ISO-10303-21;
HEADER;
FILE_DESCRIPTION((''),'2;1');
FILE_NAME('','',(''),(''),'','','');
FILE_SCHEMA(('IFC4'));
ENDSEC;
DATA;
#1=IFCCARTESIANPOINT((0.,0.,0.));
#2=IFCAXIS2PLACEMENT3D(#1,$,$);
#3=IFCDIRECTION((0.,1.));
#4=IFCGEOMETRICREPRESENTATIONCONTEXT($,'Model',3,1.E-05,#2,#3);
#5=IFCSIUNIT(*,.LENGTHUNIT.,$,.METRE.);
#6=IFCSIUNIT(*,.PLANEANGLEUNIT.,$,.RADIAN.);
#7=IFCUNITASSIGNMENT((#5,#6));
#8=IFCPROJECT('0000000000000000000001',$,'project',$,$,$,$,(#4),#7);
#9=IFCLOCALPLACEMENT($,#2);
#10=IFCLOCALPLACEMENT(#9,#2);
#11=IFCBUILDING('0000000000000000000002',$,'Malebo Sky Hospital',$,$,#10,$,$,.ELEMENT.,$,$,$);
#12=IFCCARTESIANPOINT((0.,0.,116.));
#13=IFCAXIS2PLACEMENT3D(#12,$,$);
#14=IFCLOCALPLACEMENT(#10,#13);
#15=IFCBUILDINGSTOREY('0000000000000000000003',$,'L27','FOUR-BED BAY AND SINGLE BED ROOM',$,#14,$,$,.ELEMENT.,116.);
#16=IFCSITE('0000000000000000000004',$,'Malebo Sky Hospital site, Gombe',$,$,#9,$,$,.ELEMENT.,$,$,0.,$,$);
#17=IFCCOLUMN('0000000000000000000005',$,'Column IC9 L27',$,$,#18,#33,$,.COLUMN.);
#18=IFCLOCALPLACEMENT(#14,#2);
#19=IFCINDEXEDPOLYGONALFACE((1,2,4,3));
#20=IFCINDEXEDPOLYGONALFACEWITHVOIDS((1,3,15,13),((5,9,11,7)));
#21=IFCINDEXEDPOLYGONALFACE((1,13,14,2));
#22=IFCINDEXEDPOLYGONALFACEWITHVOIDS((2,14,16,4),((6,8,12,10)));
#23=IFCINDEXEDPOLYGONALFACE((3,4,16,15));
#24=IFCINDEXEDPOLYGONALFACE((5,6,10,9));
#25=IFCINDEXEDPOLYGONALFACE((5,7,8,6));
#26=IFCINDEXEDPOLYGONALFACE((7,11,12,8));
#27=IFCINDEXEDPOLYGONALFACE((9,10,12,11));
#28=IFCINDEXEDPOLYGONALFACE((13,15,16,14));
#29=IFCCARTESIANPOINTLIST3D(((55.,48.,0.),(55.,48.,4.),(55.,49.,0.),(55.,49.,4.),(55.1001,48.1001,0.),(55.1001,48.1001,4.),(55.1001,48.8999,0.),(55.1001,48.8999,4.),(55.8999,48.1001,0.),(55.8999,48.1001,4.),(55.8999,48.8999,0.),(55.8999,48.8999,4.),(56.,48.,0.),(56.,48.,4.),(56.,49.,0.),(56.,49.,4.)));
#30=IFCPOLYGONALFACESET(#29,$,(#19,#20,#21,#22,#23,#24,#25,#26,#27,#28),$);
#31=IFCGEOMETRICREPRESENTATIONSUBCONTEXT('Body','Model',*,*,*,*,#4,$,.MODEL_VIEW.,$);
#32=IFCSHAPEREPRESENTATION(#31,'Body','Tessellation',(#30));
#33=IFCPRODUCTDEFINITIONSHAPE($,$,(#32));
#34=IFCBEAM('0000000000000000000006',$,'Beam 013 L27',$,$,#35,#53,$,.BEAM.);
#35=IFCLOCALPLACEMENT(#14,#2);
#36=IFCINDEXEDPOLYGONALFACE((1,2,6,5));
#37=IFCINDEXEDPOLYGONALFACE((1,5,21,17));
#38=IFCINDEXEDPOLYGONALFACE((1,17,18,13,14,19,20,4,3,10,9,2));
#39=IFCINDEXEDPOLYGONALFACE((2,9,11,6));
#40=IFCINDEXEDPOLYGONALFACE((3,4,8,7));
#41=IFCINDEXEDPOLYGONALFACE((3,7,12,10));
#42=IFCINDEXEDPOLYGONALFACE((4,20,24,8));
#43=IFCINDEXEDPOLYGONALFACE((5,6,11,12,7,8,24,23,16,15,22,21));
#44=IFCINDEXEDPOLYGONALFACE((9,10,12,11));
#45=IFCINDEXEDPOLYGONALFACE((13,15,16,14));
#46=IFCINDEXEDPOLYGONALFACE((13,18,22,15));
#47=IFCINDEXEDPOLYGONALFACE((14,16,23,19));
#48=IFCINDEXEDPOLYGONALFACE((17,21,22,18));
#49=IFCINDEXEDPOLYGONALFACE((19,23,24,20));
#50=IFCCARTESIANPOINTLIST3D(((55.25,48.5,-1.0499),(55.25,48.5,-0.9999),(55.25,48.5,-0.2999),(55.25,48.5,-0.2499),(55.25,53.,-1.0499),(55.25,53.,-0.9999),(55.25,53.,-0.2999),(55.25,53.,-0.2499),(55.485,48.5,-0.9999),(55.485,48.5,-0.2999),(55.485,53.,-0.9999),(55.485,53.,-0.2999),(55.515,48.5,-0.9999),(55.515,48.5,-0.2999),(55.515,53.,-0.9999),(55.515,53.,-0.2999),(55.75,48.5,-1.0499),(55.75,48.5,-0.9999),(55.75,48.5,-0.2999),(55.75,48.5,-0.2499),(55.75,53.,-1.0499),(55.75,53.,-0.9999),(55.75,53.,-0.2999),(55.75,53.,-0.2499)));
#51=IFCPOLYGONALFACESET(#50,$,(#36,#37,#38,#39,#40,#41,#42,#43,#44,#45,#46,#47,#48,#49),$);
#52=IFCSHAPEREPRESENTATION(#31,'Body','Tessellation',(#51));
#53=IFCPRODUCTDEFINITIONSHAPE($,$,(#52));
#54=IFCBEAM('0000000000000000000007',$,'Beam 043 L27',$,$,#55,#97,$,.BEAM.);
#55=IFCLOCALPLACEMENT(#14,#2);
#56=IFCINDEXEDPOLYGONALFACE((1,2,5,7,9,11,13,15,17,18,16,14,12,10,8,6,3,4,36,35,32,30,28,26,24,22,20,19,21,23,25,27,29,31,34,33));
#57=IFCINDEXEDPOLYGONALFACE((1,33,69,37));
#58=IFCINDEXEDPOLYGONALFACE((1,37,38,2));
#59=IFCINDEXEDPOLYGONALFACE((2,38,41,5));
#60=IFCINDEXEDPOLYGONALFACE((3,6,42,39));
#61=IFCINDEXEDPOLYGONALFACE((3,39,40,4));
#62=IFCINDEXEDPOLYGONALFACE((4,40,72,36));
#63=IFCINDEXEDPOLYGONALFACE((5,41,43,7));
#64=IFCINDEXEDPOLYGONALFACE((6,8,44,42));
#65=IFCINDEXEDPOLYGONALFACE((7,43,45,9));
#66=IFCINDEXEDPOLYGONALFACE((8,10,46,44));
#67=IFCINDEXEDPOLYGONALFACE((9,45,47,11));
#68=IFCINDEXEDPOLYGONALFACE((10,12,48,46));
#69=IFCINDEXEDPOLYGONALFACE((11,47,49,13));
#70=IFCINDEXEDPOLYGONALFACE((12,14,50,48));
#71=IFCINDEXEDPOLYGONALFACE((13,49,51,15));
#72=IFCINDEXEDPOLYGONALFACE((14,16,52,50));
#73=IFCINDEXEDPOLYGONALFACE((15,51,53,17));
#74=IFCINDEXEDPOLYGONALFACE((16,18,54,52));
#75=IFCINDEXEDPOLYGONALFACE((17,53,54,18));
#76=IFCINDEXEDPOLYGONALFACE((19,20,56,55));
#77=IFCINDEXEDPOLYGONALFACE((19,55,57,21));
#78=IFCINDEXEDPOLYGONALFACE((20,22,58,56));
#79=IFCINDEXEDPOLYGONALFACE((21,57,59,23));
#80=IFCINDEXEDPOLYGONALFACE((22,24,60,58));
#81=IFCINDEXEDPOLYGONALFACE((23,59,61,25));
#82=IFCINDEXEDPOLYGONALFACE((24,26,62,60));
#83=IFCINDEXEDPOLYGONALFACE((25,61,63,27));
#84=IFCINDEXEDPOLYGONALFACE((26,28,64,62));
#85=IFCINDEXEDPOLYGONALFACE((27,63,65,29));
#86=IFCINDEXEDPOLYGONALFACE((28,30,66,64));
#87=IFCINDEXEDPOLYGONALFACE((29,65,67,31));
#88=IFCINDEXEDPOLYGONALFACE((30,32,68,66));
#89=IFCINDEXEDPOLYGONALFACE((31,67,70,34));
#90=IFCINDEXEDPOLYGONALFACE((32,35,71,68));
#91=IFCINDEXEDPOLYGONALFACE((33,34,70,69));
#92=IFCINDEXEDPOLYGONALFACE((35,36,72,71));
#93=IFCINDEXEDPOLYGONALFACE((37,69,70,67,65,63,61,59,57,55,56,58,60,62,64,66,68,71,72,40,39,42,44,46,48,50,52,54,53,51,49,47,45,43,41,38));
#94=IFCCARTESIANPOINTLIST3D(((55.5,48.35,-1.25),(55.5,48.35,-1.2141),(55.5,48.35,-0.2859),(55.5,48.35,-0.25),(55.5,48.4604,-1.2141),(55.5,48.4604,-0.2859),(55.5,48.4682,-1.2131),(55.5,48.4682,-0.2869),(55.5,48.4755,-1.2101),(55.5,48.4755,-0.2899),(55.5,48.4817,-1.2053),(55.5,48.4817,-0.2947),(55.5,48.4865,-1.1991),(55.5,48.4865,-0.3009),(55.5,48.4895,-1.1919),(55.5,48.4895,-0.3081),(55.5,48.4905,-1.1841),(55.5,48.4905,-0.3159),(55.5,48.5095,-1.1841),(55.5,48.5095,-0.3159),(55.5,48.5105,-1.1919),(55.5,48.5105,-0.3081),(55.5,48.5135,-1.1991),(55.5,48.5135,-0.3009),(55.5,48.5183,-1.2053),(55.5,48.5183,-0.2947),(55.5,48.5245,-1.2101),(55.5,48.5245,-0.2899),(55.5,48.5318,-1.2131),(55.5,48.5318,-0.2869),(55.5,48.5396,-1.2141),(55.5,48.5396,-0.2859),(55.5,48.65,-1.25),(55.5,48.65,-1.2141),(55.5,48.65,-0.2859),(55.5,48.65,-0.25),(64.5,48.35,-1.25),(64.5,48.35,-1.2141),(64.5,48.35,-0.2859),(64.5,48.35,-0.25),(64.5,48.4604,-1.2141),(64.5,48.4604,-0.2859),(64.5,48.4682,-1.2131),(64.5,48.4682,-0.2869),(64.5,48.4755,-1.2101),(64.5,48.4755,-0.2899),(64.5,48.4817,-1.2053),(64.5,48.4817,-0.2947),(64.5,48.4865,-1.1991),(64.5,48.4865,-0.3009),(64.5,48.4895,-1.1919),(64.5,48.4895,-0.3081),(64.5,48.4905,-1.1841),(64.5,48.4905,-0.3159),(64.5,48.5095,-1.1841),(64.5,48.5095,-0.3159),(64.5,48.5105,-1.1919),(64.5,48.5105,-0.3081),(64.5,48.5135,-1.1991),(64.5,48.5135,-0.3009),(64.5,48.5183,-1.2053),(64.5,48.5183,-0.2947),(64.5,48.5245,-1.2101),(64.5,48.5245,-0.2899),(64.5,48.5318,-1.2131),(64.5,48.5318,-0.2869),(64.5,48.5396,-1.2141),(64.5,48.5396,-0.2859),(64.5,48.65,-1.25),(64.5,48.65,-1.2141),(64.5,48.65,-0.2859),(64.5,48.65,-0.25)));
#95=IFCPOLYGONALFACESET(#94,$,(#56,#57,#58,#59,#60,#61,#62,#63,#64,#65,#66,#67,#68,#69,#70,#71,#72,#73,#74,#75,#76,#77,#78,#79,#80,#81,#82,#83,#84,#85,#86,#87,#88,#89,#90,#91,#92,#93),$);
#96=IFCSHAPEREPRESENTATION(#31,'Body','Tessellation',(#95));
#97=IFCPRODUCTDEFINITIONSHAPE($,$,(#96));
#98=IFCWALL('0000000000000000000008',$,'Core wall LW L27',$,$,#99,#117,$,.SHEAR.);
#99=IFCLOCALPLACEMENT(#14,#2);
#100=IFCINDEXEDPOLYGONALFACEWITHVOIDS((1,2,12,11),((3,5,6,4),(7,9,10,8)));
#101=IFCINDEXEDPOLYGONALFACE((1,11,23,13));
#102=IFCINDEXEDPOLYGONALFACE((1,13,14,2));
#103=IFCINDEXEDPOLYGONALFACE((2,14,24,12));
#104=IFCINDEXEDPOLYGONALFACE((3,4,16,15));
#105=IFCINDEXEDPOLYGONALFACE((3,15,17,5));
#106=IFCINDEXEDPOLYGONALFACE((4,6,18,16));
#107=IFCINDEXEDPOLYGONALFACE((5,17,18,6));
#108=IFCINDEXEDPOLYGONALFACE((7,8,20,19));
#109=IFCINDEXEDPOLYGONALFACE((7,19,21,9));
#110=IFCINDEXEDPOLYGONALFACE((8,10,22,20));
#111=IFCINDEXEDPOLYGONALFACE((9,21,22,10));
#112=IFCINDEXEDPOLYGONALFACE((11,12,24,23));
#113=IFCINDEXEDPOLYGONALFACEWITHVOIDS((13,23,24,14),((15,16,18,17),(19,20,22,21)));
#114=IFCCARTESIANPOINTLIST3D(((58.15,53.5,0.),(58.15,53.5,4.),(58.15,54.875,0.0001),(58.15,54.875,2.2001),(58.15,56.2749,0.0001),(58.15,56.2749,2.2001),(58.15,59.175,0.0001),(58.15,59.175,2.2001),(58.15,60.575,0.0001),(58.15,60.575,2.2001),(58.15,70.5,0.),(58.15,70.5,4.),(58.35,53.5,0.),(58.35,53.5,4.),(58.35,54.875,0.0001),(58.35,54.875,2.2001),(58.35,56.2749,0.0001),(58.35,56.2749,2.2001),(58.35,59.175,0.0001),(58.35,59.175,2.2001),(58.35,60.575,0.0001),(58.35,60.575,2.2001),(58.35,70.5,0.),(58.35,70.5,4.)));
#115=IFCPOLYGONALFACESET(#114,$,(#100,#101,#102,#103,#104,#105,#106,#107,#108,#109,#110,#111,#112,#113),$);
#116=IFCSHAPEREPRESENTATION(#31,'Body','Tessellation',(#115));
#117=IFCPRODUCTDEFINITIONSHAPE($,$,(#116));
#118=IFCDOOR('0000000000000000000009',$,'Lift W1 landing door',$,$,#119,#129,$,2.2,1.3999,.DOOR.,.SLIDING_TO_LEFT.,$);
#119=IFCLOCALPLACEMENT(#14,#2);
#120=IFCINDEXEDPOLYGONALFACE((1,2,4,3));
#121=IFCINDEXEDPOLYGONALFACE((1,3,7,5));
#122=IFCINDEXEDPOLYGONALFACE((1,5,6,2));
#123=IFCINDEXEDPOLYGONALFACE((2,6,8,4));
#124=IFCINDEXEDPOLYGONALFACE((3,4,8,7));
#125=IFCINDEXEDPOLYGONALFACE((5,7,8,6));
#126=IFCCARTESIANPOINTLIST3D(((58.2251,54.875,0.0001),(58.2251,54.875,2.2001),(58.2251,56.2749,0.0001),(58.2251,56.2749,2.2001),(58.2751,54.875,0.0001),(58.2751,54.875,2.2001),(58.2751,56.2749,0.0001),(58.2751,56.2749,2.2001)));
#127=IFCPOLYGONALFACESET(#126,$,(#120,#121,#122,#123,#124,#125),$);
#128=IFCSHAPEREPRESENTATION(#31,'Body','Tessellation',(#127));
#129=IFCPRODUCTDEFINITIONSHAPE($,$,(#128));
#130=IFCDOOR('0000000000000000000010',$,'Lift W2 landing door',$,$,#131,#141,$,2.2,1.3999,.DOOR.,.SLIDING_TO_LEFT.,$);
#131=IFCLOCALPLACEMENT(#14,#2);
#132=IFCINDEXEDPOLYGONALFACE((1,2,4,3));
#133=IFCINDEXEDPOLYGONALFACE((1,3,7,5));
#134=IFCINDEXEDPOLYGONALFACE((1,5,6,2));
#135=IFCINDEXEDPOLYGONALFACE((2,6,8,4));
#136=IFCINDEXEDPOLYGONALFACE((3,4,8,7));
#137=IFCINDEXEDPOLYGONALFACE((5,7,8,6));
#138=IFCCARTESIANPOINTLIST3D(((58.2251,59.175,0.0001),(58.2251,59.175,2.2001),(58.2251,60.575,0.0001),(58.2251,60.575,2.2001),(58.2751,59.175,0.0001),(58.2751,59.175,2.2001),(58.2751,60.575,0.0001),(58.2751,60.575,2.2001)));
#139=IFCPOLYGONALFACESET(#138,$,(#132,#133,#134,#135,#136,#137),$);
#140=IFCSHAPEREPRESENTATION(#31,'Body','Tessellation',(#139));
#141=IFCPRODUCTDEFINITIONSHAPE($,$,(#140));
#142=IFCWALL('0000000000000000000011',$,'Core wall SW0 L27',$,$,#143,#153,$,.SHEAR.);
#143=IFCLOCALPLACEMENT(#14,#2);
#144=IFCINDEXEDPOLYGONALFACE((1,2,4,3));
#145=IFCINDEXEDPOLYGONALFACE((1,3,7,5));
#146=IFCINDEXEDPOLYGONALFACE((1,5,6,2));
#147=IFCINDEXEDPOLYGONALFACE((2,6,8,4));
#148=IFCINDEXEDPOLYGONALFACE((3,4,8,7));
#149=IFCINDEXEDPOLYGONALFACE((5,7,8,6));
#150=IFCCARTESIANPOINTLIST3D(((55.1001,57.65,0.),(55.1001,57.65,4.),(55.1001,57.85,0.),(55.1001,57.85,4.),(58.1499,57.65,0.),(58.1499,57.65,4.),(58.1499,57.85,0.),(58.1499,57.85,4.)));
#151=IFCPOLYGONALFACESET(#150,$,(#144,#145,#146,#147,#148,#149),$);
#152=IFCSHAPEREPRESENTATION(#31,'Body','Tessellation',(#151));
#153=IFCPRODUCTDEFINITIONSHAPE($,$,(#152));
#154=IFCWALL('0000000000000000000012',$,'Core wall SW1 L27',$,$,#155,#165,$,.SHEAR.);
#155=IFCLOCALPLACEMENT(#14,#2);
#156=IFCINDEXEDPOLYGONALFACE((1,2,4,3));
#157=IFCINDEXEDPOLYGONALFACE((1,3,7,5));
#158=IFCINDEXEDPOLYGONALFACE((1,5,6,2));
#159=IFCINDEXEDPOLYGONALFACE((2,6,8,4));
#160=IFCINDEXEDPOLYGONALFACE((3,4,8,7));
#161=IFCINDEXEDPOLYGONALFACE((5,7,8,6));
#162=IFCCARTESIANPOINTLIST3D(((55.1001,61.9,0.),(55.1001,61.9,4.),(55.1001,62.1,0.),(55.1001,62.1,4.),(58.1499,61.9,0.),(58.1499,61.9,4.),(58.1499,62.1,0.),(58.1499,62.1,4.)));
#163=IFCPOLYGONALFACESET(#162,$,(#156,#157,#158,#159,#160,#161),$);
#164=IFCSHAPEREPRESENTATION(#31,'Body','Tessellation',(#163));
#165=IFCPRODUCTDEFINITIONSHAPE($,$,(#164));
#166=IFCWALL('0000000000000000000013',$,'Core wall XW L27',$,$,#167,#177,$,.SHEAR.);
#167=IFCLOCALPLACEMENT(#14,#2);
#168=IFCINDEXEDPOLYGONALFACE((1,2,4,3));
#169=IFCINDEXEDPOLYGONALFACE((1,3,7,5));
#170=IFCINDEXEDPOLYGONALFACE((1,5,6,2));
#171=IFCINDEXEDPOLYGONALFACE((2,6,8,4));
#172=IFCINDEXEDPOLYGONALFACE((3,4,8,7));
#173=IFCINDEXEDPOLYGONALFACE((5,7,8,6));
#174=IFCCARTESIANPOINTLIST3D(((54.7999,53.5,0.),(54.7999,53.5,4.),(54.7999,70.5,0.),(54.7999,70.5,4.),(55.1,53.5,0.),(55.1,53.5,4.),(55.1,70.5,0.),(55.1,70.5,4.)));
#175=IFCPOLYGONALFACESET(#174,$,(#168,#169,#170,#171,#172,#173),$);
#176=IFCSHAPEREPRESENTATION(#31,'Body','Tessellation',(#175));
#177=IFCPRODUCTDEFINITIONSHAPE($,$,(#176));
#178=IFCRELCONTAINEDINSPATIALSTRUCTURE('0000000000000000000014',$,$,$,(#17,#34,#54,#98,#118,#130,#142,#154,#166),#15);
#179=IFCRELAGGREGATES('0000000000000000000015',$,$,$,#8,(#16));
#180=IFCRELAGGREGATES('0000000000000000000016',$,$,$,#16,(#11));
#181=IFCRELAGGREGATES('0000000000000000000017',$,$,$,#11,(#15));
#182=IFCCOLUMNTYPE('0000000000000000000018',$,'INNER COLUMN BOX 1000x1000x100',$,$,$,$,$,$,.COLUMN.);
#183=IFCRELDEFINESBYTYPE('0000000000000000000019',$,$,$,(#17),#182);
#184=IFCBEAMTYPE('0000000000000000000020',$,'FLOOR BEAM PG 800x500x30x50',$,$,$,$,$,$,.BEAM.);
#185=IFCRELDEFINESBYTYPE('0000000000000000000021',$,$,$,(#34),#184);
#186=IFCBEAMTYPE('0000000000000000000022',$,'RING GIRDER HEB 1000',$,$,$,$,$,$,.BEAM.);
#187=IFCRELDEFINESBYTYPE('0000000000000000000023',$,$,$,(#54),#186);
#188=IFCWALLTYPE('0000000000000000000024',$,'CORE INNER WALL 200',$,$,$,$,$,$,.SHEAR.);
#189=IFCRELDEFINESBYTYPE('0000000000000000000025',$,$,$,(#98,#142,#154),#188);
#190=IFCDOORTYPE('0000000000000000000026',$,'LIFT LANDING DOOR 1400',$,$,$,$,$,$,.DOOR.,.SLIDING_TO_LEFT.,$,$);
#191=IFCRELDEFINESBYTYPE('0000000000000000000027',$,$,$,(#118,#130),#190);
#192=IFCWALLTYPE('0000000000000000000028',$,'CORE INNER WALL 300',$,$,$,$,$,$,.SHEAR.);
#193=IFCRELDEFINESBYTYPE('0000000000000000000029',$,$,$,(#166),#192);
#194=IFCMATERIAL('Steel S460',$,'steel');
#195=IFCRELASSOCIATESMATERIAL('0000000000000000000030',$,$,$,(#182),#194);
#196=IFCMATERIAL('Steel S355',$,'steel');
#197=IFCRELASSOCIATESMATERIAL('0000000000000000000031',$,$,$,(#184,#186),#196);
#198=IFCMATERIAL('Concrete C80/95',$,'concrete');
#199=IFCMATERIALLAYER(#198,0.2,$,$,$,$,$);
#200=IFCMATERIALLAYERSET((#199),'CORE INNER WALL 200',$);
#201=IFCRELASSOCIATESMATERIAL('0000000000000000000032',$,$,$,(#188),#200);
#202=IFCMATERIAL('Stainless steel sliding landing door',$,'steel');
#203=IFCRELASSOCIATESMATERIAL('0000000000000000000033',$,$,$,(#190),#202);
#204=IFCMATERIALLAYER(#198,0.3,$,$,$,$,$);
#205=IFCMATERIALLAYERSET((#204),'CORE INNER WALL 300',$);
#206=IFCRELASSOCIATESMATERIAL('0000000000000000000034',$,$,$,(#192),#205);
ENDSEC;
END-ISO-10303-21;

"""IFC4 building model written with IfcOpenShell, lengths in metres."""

from ifc_helpers import new_model, si_unit, direction, frame, frame_2d, origin, origin_2d, place, context, subcontext, project, spatial, rectangle, hollow_rectangle, i_section, extrude, material, layer, layer_set, material_profile, profile_set, type_object, element, fill, save


model = new_model("IFC4")

# Units and contexts
model_context = context("Model", 3, precision=1e-05, world=origin(), true_north=direction((0.0, 1.0)))
body_context = subcontext(model_context, "Body", "Model", "MODEL_VIEW")
ifc_project = project(units=[si_unit("LENGTHUNIT", "METRE"), si_unit("PLANEANGLEUNIT", "RADIAN")], contexts=[model_context])

# Site, building, storey
site_placement = place(None, origin())
site = spatial("IfcSite", under=ifc_project, at=site_placement, Name="Malebo Sky Hospital site, Gombe", CompositionType="ELEMENT", RefElevation=0.0)
building_placement = place(site_placement, origin())
building = spatial("IfcBuilding", under=site, at=building_placement, Name="Malebo Sky Hospital", CompositionType="ELEMENT")
storey_placement = place(building_placement, frame((0.0, 0.0, 116.0)))
storey = spatial("IfcBuildingStorey", under=building, at=storey_placement, Name="L27", Description="FOUR-BED BAY AND SINGLE BED ROOM", CompositionType="ELEMENT", Elevation=116.0)

# Column
ifc_material_1 = material(Name="Steel S460", Category="steel")
ifc_material_profile_1 = material_profile(ifc_material_1, hollow_rectangle(XDim=1.0, YDim=1.0, WallThickness=0.1001, at=origin_2d()), Name="BOX 1000x1000x100")
ifc_profile_set_1 = profile_set([ifc_material_profile_1], Name="Steel S460")
column_type = type_object("IfcColumnType", Name="INNER COLUMN BOX 1000x1000x100", PredefinedType="COLUMN", material=ifc_profile_set_1)
column_placement = place(storey_placement, frame((55.5, 48.5, 0.0), z_axis=(0.0, 0.0, 1.0), x_axis=(1.0, 0.0, 0.0)))
element("IfcColumn", 1, at=column_placement, inside=storey, type_object=column_type, Name="Column IC9 L27", PredefinedType="COLUMN", context=body_context, shape_type="SweptSolid", body=[
    extrude(hollow_rectangle(XDim=1.0, YDim=1.0, WallThickness=0.1001, at=origin_2d()), origin(), (0.0, 0.0, 1.0), 4.0),
])

# Beams
ifc_material_2 = material(Name="Steel S355", Category="steel")
ifc_material_profile_2 = material_profile(ifc_material_2, i_section(OverallWidth=0.5, OverallDepth=0.8, WebThickness=0.03, FlangeThickness=0.05, at=origin_2d()), Name="PG 800x500x30x50")
ifc_profile_set_2 = profile_set([ifc_material_profile_2], Name="Steel S355")
beam_type_1 = type_object("IfcBeamType", Name="FLOOR BEAM PG 800x500x30x50", PredefinedType="BEAM", material=ifc_profile_set_2)
beam_1_placement = place(storey_placement, frame((55.5, 48.5, -0.6499), z_axis=(0.0, 1.0, 0.0), x_axis=(-1.0, 0.0, 0.0)))
element("IfcBeam", 2, at=beam_1_placement, inside=storey, type_object=beam_type_1, Name="Beam 013 L27", PredefinedType="BEAM", context=body_context, shape_type="SweptSolid", body=[
    extrude(i_section(OverallWidth=0.5, OverallDepth=0.8, WebThickness=0.03, FlangeThickness=0.05, at=origin_2d()), origin(), (0.0, 0.0, 1.0), 4.5),
])
ifc_material_profile_3 = material_profile(ifc_material_2, i_section(OverallWidth=0.3, OverallDepth=1.0, WebThickness=0.019, FlangeThickness=0.0359, FilletRadius=0.03, at=origin_2d()), Name="HEB 1000")
ifc_profile_set_3 = profile_set([ifc_material_profile_3], Name="Steel S355")
beam_type_2 = type_object("IfcBeamType", Name="RING GIRDER HEB 1000", PredefinedType="BEAM", material=ifc_profile_set_3)
beam_2_placement = place(storey_placement, frame((55.5, 48.5, -0.75), z_axis=(1.0, 0.0, 0.0), x_axis=(0.0, 1.0, 0.0)))
element("IfcBeam", 3, at=beam_2_placement, inside=storey, type_object=beam_type_2, Name="Beam 043 L27", PredefinedType="BEAM", context=body_context, shape_type="SweptSolid", body=[
    extrude(i_section(OverallWidth=0.3, OverallDepth=1.0, WebThickness=0.019, FlangeThickness=0.0359, FilletRadius=0.03, at=origin_2d()), origin(), (0.0, 0.0, 1.0), 9.0),
])

# Wall, openings, doors
ifc_material_3 = material(Name="Concrete C80/95", Category="concrete")
ifc_layer_1 = layer(ifc_material_3, 0.2)
ifc_layer_set_1 = layer_set([ifc_layer_1], Name="CORE INNER WALL 200")
wall_type_1 = type_object("IfcWallType", Name="CORE INNER WALL 200", PredefinedType="SHEAR", material=ifc_layer_set_1)
wall_1_placement = place(storey_placement, frame((58.25, 53.5, 0.0), z_axis=(0.0, 0.0, 1.0), x_axis=(0.0, 1.0, 0.0)))
wall_1 = element("IfcWall", 4, at=wall_1_placement, inside=storey, type_object=wall_type_1, Name="Core wall LW L27", PredefinedType="SHEAR", context=body_context, shape_type="SweptSolid", body=[
    extrude(rectangle(XDim=17.0, YDim=0.2, at=frame_2d((8.5, 0.0))), origin(), (0.0, 0.0, 1.0), 4.0),
])
opening_1_placement = place(wall_1_placement, frame((1.375, 0.0, 0.0)))
opening_1 = element("IfcOpeningElement", 5, at=opening_1_placement, cuts=wall_1, PredefinedType="OPENING", context=body_context, shape_type="SweptSolid", body=[
    extrude(rectangle(XDim=1.3999, YDim=2.2, at=frame_2d((0.7, 1.1001))), frame((0.0, 0.1099, 0.0), z_axis=(0.0, -1.0, 0.0), x_axis=(1.0, 0.0, 0.0)), (0.0, 0.0, 1.0), 0.22),
])
opening_2_placement = place(wall_1_placement, frame((5.675, 0.0, 0.0)))
opening_2 = element("IfcOpeningElement", 6, at=opening_2_placement, cuts=wall_1, PredefinedType="OPENING", context=body_context, shape_type="SweptSolid", body=[
    extrude(rectangle(XDim=1.3999, YDim=2.2, at=frame_2d((0.7, 1.1001))), frame((0.0, 0.1099, 0.0), z_axis=(0.0, -1.0, 0.0), x_axis=(1.0, 0.0, 0.0)), (0.0, 0.0, 1.0), 0.22),
])
ifc_material_4 = material(Name="Stainless steel sliding landing door", Category="steel")
door_type_1 = type_object("IfcDoorType", Name="LIFT LANDING DOOR 1400", OperationType="SLIDING_TO_LEFT", PredefinedType="DOOR", material=ifc_material_4)
door_1_placement = place(opening_1_placement, origin())
door_1 = element("IfcDoor", 7, at=door_1_placement, inside=storey, type_object=door_type_1, Name="Lift W1 landing door", OperationType="SLIDING_TO_LEFT", OverallHeight=2.2, OverallWidth=1.3999, PredefinedType="DOOR", context=body_context, shape_type="SweptSolid", body=[
    extrude(rectangle(XDim=1.3999, YDim=2.2, at=frame_2d((0.7, 1.1001))), frame((0.0, 0.0249, 0.0), z_axis=(0.0, -1.0, 0.0), x_axis=(1.0, 0.0, 0.0)), (0.0, 0.0, 1.0), 0.05),
])
fill(opening_1, door_1)
door_2_placement = place(opening_2_placement, origin())
door_2 = element("IfcDoor", 8, at=door_2_placement, inside=storey, type_object=door_type_1, Name="Lift W2 landing door", OperationType="SLIDING_TO_LEFT", OverallHeight=2.2, OverallWidth=1.3999, PredefinedType="DOOR", context=body_context, shape_type="SweptSolid", body=[
    extrude(rectangle(XDim=1.3999, YDim=2.2, at=frame_2d((0.7, 1.1001))), frame((0.0, 0.0249, 0.0), z_axis=(0.0, -1.0, 0.0), x_axis=(1.0, 0.0, 0.0)), (0.0, 0.0, 1.0), 0.05),
])
fill(opening_2, door_2)

# Walls
for number, where, z_axis, x_axis, name in (
    (9, (55.1001, 57.75, 0.0), (0.0, 0.0, 1.0), (1.0, 0.0, 0.0), "Core wall SW0 L27"),
    (10, (55.1001, 62.0, 0.0), (0.0, 0.0, 1.0), (1.0, 0.0, 0.0), "Core wall SW1 L27"),
):
    element("IfcWall", number, at=place(storey_placement, frame(where, z_axis=z_axis, x_axis=x_axis)), inside=storey, type_object=wall_type_1, Name=name, PredefinedType="SHEAR", context=body_context, shape_type="SweptSolid", body=[
        extrude(rectangle(XDim=3.0498, YDim=0.2, at=frame_2d((1.5249, 0.0))), origin(), (0.0, 0.0, 1.0), 4.0),
    ])
ifc_layer_2 = layer(ifc_material_3, 0.3)
ifc_layer_set_2 = layer_set([ifc_layer_2], Name="CORE INNER WALL 300")
wall_type_2 = type_object("IfcWallType", Name="CORE INNER WALL 300", PredefinedType="SHEAR", material=ifc_layer_set_2)
wall_2_placement = place(storey_placement, frame((54.95, 53.5, 0.0), z_axis=(0.0, 0.0, 1.0), x_axis=(0.0, 1.0, 0.0)))
element("IfcWall", 11, at=wall_2_placement, inside=storey, type_object=wall_type_2, Name="Core wall XW L27", PredefinedType="SHEAR", context=body_context, shape_type="SweptSolid", body=[
    extrude(rectangle(XDim=17.0, YDim=0.3, at=frame_2d((8.5, 0.0))), origin(), (0.0, 0.0, 1.0), 4.0),
])

save(model, "model.ifc")
